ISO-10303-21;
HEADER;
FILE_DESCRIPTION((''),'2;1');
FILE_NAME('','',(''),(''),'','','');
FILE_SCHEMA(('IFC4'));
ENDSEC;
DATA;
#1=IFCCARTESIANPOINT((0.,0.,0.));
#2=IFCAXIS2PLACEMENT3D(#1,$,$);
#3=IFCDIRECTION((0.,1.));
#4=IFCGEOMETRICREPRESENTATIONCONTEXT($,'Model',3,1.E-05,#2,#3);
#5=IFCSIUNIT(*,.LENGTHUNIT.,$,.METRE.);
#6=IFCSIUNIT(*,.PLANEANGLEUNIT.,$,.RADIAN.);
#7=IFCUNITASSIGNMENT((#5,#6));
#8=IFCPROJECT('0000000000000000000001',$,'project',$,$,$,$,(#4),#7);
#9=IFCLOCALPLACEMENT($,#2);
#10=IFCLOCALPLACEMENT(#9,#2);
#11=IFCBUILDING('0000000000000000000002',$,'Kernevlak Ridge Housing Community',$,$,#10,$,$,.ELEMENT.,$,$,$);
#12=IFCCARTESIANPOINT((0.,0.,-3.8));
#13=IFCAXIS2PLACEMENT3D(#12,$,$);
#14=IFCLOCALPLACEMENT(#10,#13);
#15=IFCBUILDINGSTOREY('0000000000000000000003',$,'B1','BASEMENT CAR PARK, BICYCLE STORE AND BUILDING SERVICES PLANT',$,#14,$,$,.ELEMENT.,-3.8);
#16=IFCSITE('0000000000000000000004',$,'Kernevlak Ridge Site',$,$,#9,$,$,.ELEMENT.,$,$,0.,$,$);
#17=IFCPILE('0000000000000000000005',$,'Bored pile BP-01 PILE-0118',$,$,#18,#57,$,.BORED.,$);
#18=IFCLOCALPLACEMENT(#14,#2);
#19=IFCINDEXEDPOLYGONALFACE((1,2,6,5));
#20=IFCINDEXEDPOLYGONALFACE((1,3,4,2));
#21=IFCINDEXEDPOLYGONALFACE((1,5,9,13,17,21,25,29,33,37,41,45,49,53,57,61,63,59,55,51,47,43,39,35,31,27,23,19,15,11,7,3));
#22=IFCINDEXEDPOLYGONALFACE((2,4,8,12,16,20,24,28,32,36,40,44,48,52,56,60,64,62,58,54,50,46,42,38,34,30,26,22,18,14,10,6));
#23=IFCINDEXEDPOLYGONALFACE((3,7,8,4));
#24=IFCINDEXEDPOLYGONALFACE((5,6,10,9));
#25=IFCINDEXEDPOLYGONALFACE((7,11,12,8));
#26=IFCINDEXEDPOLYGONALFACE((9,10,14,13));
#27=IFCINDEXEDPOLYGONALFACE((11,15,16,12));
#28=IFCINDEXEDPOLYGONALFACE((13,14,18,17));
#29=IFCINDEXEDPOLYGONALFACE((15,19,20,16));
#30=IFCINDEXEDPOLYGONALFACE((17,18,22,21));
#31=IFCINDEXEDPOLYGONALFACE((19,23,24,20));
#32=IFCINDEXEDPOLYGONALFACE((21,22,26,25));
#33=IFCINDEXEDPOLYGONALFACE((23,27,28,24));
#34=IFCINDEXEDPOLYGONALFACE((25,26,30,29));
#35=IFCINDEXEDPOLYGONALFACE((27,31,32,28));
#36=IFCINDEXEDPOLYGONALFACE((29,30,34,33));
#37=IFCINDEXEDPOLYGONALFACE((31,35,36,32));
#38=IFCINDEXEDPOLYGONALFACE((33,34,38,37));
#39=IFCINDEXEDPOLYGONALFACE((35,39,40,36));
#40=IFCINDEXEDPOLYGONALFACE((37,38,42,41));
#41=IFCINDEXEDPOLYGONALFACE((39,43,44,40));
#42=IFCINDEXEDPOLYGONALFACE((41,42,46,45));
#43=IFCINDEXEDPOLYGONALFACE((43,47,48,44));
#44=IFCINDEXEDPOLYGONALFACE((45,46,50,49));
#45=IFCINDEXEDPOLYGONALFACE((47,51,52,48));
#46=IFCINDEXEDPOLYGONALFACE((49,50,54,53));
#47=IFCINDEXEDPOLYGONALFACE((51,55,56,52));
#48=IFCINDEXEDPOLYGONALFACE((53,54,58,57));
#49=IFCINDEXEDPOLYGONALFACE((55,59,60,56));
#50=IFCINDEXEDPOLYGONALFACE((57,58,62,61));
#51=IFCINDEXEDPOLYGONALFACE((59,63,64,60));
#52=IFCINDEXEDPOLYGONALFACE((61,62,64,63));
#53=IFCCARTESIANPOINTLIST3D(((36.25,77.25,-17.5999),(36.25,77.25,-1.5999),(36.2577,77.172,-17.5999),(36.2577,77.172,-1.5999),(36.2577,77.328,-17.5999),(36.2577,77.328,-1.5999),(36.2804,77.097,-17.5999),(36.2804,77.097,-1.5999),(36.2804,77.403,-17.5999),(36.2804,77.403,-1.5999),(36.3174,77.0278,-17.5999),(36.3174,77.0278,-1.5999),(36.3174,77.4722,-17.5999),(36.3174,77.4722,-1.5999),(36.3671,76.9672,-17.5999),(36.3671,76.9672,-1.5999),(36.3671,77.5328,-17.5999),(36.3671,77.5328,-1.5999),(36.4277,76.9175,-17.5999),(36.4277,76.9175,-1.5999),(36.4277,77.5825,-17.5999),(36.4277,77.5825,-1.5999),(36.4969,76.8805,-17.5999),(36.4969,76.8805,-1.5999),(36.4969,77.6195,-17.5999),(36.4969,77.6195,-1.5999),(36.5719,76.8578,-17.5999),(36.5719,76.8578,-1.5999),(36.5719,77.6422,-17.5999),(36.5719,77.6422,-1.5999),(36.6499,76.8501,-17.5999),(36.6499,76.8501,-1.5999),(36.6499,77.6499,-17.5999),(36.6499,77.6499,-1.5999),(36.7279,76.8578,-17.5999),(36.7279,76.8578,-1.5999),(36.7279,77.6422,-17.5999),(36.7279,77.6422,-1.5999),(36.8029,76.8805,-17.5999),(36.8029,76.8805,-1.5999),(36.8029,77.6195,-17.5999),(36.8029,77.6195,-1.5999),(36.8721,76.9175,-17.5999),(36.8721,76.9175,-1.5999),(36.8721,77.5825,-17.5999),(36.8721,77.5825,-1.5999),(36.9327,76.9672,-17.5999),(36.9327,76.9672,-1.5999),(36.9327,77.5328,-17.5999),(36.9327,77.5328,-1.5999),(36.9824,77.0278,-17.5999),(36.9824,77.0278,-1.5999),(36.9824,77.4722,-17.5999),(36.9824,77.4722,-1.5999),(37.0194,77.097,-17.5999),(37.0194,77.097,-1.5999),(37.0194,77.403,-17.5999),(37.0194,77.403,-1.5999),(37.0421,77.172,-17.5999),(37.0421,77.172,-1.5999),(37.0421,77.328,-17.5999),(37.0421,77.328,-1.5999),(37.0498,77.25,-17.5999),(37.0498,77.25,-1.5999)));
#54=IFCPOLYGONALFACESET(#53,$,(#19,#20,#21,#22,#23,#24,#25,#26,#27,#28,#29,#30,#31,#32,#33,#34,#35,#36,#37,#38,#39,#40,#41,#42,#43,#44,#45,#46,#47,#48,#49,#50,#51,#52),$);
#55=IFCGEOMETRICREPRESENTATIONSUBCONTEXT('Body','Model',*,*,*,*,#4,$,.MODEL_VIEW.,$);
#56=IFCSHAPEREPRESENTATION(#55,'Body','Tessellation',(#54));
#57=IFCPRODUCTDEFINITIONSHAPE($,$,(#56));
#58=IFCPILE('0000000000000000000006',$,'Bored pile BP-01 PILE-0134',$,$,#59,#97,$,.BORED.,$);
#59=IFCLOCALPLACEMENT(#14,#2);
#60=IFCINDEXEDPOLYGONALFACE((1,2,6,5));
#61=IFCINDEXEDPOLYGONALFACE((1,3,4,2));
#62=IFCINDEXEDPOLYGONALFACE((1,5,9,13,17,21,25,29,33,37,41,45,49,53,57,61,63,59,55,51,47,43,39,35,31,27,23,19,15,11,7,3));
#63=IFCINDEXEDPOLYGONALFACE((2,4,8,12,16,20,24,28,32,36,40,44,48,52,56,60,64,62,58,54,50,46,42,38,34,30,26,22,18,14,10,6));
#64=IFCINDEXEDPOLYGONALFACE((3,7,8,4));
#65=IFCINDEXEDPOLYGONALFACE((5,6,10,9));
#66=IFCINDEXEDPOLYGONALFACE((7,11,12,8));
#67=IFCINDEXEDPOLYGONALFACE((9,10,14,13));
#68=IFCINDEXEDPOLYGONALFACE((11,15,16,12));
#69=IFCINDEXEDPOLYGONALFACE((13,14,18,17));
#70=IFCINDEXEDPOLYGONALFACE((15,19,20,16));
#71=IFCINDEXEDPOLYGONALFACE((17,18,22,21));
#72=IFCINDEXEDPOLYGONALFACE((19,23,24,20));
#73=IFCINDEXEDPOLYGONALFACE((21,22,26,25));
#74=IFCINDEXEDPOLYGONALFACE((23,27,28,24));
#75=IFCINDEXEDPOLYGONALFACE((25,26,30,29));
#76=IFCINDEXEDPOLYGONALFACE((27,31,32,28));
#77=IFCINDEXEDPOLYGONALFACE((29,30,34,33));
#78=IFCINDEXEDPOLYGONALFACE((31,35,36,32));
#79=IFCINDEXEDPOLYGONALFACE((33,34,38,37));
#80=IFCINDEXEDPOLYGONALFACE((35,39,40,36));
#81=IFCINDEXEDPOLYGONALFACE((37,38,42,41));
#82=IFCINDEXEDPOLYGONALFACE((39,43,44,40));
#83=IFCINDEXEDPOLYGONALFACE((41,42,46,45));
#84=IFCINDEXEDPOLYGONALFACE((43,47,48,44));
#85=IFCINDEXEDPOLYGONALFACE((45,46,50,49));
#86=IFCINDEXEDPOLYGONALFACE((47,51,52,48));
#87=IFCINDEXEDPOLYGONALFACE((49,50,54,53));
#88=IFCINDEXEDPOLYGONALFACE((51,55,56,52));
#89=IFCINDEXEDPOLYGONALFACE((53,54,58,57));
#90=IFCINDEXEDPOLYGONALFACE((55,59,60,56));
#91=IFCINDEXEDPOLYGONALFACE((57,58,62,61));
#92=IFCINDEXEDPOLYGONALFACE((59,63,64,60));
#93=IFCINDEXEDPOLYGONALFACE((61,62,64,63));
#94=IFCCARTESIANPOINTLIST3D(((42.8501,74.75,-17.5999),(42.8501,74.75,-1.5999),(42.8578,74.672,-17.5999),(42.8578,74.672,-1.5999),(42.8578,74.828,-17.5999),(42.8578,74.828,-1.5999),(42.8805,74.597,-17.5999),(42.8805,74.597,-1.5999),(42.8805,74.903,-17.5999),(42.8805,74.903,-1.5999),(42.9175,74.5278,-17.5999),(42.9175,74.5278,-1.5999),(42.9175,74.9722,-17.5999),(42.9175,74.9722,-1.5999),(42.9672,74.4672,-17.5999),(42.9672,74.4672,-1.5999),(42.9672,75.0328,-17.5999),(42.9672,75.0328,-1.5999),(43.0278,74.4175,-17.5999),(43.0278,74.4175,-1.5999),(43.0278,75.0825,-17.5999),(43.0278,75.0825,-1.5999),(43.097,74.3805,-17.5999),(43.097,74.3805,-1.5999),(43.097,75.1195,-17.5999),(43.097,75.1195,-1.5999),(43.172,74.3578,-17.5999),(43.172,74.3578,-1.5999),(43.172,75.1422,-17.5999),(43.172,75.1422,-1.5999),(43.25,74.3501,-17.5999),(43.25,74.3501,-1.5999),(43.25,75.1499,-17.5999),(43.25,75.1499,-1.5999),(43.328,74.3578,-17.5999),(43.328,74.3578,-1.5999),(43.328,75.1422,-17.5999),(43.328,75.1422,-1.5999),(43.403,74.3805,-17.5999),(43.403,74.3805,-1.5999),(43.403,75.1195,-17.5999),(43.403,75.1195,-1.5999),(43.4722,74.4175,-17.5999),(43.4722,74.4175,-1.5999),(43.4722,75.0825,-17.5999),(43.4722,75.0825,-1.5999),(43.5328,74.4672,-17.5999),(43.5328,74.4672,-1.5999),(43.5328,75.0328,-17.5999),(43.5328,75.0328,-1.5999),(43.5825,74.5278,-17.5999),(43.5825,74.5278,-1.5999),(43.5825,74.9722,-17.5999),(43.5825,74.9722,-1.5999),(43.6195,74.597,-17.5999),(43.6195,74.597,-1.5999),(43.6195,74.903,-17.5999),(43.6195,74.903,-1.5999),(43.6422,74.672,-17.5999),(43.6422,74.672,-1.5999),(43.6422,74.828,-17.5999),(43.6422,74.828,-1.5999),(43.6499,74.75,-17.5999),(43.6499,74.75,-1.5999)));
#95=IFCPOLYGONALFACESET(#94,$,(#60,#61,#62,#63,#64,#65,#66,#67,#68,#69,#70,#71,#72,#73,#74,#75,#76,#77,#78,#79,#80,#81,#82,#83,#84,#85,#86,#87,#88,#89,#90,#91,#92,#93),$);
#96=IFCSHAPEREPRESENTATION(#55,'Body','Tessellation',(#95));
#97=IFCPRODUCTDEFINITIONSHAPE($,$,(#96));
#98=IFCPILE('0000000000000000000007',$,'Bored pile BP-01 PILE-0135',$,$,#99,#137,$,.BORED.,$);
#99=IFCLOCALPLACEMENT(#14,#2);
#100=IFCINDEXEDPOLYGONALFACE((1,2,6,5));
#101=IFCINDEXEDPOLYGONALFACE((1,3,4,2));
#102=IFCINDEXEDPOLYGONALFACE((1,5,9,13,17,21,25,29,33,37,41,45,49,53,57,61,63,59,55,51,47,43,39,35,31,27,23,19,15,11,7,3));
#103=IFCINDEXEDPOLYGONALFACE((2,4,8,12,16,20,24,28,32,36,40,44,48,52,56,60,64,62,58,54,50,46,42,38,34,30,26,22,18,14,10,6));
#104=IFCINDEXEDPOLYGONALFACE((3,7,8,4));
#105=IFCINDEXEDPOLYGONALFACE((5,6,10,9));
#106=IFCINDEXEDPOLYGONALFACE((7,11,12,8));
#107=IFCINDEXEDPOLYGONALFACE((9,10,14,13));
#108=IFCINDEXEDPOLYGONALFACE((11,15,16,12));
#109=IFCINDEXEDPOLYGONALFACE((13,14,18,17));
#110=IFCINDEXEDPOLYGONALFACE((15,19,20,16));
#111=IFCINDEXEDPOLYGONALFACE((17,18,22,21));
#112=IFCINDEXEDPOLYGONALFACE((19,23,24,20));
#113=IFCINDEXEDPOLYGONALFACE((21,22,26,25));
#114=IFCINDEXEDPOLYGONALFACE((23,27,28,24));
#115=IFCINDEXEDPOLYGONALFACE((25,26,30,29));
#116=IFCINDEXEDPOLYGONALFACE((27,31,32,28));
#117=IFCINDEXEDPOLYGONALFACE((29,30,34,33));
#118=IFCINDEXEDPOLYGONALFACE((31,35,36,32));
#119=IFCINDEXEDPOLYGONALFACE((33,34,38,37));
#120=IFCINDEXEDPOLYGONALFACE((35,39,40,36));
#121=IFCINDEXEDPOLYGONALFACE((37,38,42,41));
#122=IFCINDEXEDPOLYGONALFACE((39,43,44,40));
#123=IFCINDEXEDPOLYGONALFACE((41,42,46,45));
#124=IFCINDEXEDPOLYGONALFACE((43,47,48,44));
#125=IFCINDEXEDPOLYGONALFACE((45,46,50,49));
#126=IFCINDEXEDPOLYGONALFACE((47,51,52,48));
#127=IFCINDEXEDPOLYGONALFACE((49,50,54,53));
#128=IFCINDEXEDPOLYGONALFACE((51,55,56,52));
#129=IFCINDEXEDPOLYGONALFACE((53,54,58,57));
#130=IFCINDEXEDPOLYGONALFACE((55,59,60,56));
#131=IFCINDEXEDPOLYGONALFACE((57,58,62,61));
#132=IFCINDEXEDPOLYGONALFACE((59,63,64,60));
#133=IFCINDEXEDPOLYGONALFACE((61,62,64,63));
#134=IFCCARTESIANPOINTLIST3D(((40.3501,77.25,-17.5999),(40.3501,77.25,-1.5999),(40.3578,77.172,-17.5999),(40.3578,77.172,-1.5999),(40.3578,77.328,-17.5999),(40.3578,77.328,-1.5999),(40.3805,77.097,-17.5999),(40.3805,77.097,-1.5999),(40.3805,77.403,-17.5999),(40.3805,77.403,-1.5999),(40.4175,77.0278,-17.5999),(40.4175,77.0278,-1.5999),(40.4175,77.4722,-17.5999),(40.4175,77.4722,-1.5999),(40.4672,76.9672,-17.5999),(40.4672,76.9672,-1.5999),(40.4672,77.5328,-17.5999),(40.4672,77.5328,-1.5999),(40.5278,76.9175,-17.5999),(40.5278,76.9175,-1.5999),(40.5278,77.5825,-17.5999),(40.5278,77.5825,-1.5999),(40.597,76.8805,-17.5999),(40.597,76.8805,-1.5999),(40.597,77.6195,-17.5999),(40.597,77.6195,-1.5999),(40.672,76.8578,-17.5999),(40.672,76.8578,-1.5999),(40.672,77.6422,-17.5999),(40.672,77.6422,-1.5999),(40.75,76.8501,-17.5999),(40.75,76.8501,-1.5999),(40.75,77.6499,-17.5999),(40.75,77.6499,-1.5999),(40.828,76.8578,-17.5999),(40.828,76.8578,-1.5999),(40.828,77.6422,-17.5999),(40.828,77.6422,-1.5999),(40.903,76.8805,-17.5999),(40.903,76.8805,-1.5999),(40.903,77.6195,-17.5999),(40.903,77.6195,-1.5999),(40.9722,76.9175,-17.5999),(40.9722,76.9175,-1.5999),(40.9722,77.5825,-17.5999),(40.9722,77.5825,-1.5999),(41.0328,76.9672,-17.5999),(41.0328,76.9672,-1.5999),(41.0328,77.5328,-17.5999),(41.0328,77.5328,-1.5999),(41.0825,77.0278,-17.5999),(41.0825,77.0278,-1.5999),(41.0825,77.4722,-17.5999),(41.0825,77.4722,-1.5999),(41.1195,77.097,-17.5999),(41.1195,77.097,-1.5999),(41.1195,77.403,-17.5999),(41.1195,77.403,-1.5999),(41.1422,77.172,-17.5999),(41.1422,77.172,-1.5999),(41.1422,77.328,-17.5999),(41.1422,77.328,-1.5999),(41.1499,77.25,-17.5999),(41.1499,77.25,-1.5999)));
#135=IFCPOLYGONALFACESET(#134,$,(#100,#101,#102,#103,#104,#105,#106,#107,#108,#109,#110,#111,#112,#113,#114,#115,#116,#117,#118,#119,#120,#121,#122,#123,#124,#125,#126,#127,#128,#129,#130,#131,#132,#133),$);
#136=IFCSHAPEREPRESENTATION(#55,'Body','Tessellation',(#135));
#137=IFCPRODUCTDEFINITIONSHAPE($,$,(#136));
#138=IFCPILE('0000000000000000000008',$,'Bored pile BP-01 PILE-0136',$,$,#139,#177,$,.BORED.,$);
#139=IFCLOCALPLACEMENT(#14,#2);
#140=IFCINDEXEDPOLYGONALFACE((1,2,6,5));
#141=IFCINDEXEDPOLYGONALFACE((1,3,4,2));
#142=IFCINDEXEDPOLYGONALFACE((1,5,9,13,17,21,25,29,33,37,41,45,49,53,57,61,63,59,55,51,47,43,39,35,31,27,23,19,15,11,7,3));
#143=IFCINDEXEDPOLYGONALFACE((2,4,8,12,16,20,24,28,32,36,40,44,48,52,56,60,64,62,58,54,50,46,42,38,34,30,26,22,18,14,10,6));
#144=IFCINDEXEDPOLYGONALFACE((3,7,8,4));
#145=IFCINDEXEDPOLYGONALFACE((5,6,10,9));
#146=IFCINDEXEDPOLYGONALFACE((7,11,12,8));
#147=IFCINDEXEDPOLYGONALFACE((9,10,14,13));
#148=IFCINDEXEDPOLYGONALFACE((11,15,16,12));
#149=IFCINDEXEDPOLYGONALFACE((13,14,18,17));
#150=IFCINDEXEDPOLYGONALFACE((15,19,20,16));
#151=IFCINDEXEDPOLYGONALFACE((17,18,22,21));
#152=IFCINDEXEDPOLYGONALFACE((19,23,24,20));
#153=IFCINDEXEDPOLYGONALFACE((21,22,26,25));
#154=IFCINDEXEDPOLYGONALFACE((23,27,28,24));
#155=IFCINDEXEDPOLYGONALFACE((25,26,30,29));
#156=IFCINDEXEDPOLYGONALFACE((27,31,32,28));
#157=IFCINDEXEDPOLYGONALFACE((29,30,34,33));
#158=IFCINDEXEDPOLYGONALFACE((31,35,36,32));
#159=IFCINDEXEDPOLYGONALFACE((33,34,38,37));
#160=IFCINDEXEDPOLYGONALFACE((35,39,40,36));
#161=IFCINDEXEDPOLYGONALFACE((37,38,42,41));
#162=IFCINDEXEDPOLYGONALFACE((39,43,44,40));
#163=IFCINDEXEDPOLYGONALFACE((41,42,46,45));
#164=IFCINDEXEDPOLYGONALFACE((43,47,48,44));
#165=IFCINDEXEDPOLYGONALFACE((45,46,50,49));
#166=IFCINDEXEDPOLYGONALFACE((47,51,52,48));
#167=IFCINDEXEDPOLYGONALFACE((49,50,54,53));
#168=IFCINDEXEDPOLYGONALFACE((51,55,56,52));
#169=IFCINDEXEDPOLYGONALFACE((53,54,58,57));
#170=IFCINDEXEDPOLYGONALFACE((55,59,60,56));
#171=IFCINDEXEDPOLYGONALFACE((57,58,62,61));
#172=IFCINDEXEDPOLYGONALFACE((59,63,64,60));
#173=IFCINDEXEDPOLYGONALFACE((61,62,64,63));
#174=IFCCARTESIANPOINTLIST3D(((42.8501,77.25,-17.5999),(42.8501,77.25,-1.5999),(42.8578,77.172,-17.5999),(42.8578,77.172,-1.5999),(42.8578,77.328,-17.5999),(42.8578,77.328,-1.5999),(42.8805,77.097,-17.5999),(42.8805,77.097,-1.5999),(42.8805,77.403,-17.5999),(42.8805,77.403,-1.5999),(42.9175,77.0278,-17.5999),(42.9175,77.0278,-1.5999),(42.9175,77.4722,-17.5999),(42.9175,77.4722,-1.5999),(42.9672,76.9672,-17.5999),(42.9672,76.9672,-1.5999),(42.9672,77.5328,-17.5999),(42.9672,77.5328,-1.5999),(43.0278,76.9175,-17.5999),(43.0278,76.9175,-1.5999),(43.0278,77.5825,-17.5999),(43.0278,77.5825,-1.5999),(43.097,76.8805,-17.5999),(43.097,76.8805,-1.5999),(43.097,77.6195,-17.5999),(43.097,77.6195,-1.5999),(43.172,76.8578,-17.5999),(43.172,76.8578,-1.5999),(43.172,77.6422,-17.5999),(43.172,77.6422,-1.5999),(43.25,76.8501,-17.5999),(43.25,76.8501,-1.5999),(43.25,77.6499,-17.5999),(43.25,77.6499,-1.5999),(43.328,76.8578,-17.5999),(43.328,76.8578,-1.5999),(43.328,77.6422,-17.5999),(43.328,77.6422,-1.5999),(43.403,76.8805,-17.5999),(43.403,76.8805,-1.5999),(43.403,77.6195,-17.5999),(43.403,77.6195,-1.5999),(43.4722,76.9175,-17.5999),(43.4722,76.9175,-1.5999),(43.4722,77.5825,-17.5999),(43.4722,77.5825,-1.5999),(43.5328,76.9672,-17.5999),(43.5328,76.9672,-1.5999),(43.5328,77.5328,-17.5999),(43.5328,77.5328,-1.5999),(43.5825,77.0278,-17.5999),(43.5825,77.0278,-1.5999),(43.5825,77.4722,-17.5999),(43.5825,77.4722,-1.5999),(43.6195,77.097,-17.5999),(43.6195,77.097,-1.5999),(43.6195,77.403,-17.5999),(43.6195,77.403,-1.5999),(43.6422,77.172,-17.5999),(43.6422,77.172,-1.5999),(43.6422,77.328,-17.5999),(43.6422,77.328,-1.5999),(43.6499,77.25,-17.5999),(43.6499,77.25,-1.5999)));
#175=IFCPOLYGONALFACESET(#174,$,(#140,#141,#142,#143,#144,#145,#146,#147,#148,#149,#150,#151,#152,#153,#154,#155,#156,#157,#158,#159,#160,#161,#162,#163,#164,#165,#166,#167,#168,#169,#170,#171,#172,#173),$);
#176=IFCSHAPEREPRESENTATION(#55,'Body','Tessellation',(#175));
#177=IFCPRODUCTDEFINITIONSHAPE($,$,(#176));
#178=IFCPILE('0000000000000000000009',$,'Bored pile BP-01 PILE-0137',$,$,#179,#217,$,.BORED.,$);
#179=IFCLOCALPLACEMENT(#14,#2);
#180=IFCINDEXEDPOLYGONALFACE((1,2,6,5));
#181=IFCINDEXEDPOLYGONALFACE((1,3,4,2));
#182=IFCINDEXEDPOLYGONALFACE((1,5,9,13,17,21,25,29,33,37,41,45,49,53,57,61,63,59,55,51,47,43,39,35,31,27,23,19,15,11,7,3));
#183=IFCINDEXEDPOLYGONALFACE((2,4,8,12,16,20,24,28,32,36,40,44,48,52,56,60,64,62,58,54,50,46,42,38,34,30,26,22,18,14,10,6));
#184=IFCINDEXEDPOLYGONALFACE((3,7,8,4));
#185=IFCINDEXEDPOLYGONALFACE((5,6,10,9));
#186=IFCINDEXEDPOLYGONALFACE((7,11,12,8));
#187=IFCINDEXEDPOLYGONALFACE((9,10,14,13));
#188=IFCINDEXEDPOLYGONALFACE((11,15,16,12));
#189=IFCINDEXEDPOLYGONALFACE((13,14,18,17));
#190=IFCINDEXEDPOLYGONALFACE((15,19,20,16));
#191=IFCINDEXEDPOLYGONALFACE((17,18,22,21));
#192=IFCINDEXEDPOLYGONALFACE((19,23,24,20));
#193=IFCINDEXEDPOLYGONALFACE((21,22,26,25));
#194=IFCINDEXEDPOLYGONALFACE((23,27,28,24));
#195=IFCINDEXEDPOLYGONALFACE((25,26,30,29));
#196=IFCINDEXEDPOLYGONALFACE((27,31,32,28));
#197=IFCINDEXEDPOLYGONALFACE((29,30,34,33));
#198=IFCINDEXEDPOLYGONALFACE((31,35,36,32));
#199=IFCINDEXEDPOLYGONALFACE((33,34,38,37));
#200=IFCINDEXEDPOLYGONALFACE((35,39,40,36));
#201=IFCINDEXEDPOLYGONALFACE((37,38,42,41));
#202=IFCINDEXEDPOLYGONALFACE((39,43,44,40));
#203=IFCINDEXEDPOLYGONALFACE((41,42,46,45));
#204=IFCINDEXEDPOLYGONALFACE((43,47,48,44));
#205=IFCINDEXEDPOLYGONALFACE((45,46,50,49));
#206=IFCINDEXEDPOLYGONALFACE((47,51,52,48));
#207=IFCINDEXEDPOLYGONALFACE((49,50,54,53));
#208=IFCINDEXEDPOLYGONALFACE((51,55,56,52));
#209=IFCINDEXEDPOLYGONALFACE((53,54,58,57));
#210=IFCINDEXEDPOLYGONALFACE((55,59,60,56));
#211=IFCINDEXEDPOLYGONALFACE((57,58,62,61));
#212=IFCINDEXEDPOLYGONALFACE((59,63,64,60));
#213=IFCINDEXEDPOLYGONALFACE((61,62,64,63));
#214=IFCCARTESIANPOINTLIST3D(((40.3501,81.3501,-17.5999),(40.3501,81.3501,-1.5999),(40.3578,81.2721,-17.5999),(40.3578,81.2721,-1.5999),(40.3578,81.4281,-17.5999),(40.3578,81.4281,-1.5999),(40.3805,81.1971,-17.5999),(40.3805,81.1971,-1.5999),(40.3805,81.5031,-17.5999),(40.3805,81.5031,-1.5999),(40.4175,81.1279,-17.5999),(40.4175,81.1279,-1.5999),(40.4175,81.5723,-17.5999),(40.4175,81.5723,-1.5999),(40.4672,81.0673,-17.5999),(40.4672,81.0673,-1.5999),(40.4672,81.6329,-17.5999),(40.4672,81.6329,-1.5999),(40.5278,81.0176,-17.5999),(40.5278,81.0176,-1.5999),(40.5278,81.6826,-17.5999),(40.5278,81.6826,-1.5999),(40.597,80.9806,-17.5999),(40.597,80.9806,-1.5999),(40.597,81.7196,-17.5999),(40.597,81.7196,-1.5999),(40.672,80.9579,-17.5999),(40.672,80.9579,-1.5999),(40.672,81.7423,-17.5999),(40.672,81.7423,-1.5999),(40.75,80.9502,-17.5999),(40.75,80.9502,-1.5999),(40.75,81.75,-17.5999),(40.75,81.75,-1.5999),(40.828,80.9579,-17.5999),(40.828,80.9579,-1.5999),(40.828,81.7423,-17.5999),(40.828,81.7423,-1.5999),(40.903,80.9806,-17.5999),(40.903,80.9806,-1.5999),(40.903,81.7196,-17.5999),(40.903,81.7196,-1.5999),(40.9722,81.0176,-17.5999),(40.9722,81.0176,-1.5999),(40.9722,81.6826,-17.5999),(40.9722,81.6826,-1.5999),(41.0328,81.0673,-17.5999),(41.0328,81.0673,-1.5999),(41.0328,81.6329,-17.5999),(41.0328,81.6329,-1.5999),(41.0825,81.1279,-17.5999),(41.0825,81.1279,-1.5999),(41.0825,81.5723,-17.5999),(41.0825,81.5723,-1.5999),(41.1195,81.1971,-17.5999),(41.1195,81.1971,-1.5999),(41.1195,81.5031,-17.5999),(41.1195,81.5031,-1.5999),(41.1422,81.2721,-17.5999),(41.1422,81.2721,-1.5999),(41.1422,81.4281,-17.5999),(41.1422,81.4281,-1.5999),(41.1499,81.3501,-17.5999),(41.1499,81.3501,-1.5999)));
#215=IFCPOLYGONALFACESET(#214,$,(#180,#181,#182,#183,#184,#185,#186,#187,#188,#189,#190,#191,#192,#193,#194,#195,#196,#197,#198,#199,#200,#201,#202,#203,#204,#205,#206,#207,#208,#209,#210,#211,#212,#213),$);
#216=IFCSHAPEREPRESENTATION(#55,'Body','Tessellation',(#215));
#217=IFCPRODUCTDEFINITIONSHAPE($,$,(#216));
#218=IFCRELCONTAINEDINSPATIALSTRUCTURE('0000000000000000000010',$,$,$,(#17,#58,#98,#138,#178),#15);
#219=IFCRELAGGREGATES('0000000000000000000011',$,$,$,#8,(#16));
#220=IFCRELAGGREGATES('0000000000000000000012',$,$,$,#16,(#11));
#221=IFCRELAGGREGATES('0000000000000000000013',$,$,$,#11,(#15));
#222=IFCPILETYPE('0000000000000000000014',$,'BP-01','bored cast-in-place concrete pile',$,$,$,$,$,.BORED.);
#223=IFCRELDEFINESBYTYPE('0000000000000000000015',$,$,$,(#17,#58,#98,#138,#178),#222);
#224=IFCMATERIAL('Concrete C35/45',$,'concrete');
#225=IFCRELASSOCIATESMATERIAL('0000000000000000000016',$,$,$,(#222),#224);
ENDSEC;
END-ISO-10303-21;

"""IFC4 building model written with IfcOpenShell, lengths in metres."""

from ifc_helpers import new_model, si_unit, direction, frame, origin, origin_2d, place, context, subcontext, project, spatial, circle, extrude, material, material_profile, profile_set, type_object, element, save


model = new_model("IFC4")

# Units and contexts
model_context = context("Model", 3, precision=1e-05, world=origin(), true_north=direction((0.0, 1.0)))
body_context = subcontext(model_context, "Body", "Model", "MODEL_VIEW")
ifc_project = project(units=[si_unit("LENGTHUNIT", "METRE"), si_unit("PLANEANGLEUNIT", "RADIAN")], contexts=[model_context])

# Site, building, storey
site_placement = place(None, origin())
site = spatial("IfcSite", under=ifc_project, at=site_placement, Name="Kernevlak Ridge Site", CompositionType="ELEMENT", RefElevation=0.0)
building_placement = place(site_placement, origin())
building = spatial("IfcBuilding", under=site, at=building_placement, Name="Kernevlak Ridge Housing Community", CompositionType="ELEMENT")
storey_placement = place(building_placement, frame((0.0, 0.0, -3.8)))
storey = spatial("IfcBuildingStorey", under=building, at=storey_placement, Name="B1", Description="BASEMENT CAR PARK, BICYCLE STORE AND BUILDING SERVICES PLANT", CompositionType="ELEMENT", Elevation=-3.8)

# Piles
ifc_material_1 = material(Name="Concrete C35/45", Category="concrete")
ifc_material_profile_1 = material_profile(ifc_material_1, circle(Radius=0.3999, at=origin_2d()), Name="BORED PILE 800")
ifc_profile_set_1 = profile_set([ifc_material_profile_1], Name="Concrete C35/45")
pile_type = type_object("IfcPileType", Name="BP-01", Description="bored cast-in-place concrete pile", PredefinedType="BORED", material=ifc_profile_set_1)
for number, where, z_axis, x_axis, name in (
    (1, (36.6499, 77.25, -1.5999), (0.0, 0.0, -1.0), (1.0, 0.0, 0.0), "Bored pile BP-01 PILE-0118"),
    (2, (43.25, 74.75, -1.5999), (0.0, 0.0, -1.0), (1.0, 0.0, 0.0), "Bored pile BP-01 PILE-0134"),
    (3, (40.75, 77.25, -1.5999), (0.0, 0.0, -1.0), (1.0, 0.0, 0.0), "Bored pile BP-01 PILE-0135"),
    (4, (43.25, 77.25, -1.5999), (0.0, 0.0, -1.0), (1.0, 0.0, 0.0), "Bored pile BP-01 PILE-0136"),
    (5, (40.75, 81.3501, -1.5999), (0.0, 0.0, -1.0), (1.0, 0.0, 0.0), "Bored pile BP-01 PILE-0137"),
):
    element("IfcPile", number, at=place(storey_placement, frame(where, z_axis=z_axis, x_axis=x_axis)), inside=storey, type_object=pile_type, Name=name, PredefinedType="BORED", context=body_context, shape_type="SweptSolid", body=[
        extrude(circle(Radius=0.3999, at=origin_2d()), origin(), (0.0, 0.0, 1.0), 16.0),
    ])

save(model, "model.ifc")
